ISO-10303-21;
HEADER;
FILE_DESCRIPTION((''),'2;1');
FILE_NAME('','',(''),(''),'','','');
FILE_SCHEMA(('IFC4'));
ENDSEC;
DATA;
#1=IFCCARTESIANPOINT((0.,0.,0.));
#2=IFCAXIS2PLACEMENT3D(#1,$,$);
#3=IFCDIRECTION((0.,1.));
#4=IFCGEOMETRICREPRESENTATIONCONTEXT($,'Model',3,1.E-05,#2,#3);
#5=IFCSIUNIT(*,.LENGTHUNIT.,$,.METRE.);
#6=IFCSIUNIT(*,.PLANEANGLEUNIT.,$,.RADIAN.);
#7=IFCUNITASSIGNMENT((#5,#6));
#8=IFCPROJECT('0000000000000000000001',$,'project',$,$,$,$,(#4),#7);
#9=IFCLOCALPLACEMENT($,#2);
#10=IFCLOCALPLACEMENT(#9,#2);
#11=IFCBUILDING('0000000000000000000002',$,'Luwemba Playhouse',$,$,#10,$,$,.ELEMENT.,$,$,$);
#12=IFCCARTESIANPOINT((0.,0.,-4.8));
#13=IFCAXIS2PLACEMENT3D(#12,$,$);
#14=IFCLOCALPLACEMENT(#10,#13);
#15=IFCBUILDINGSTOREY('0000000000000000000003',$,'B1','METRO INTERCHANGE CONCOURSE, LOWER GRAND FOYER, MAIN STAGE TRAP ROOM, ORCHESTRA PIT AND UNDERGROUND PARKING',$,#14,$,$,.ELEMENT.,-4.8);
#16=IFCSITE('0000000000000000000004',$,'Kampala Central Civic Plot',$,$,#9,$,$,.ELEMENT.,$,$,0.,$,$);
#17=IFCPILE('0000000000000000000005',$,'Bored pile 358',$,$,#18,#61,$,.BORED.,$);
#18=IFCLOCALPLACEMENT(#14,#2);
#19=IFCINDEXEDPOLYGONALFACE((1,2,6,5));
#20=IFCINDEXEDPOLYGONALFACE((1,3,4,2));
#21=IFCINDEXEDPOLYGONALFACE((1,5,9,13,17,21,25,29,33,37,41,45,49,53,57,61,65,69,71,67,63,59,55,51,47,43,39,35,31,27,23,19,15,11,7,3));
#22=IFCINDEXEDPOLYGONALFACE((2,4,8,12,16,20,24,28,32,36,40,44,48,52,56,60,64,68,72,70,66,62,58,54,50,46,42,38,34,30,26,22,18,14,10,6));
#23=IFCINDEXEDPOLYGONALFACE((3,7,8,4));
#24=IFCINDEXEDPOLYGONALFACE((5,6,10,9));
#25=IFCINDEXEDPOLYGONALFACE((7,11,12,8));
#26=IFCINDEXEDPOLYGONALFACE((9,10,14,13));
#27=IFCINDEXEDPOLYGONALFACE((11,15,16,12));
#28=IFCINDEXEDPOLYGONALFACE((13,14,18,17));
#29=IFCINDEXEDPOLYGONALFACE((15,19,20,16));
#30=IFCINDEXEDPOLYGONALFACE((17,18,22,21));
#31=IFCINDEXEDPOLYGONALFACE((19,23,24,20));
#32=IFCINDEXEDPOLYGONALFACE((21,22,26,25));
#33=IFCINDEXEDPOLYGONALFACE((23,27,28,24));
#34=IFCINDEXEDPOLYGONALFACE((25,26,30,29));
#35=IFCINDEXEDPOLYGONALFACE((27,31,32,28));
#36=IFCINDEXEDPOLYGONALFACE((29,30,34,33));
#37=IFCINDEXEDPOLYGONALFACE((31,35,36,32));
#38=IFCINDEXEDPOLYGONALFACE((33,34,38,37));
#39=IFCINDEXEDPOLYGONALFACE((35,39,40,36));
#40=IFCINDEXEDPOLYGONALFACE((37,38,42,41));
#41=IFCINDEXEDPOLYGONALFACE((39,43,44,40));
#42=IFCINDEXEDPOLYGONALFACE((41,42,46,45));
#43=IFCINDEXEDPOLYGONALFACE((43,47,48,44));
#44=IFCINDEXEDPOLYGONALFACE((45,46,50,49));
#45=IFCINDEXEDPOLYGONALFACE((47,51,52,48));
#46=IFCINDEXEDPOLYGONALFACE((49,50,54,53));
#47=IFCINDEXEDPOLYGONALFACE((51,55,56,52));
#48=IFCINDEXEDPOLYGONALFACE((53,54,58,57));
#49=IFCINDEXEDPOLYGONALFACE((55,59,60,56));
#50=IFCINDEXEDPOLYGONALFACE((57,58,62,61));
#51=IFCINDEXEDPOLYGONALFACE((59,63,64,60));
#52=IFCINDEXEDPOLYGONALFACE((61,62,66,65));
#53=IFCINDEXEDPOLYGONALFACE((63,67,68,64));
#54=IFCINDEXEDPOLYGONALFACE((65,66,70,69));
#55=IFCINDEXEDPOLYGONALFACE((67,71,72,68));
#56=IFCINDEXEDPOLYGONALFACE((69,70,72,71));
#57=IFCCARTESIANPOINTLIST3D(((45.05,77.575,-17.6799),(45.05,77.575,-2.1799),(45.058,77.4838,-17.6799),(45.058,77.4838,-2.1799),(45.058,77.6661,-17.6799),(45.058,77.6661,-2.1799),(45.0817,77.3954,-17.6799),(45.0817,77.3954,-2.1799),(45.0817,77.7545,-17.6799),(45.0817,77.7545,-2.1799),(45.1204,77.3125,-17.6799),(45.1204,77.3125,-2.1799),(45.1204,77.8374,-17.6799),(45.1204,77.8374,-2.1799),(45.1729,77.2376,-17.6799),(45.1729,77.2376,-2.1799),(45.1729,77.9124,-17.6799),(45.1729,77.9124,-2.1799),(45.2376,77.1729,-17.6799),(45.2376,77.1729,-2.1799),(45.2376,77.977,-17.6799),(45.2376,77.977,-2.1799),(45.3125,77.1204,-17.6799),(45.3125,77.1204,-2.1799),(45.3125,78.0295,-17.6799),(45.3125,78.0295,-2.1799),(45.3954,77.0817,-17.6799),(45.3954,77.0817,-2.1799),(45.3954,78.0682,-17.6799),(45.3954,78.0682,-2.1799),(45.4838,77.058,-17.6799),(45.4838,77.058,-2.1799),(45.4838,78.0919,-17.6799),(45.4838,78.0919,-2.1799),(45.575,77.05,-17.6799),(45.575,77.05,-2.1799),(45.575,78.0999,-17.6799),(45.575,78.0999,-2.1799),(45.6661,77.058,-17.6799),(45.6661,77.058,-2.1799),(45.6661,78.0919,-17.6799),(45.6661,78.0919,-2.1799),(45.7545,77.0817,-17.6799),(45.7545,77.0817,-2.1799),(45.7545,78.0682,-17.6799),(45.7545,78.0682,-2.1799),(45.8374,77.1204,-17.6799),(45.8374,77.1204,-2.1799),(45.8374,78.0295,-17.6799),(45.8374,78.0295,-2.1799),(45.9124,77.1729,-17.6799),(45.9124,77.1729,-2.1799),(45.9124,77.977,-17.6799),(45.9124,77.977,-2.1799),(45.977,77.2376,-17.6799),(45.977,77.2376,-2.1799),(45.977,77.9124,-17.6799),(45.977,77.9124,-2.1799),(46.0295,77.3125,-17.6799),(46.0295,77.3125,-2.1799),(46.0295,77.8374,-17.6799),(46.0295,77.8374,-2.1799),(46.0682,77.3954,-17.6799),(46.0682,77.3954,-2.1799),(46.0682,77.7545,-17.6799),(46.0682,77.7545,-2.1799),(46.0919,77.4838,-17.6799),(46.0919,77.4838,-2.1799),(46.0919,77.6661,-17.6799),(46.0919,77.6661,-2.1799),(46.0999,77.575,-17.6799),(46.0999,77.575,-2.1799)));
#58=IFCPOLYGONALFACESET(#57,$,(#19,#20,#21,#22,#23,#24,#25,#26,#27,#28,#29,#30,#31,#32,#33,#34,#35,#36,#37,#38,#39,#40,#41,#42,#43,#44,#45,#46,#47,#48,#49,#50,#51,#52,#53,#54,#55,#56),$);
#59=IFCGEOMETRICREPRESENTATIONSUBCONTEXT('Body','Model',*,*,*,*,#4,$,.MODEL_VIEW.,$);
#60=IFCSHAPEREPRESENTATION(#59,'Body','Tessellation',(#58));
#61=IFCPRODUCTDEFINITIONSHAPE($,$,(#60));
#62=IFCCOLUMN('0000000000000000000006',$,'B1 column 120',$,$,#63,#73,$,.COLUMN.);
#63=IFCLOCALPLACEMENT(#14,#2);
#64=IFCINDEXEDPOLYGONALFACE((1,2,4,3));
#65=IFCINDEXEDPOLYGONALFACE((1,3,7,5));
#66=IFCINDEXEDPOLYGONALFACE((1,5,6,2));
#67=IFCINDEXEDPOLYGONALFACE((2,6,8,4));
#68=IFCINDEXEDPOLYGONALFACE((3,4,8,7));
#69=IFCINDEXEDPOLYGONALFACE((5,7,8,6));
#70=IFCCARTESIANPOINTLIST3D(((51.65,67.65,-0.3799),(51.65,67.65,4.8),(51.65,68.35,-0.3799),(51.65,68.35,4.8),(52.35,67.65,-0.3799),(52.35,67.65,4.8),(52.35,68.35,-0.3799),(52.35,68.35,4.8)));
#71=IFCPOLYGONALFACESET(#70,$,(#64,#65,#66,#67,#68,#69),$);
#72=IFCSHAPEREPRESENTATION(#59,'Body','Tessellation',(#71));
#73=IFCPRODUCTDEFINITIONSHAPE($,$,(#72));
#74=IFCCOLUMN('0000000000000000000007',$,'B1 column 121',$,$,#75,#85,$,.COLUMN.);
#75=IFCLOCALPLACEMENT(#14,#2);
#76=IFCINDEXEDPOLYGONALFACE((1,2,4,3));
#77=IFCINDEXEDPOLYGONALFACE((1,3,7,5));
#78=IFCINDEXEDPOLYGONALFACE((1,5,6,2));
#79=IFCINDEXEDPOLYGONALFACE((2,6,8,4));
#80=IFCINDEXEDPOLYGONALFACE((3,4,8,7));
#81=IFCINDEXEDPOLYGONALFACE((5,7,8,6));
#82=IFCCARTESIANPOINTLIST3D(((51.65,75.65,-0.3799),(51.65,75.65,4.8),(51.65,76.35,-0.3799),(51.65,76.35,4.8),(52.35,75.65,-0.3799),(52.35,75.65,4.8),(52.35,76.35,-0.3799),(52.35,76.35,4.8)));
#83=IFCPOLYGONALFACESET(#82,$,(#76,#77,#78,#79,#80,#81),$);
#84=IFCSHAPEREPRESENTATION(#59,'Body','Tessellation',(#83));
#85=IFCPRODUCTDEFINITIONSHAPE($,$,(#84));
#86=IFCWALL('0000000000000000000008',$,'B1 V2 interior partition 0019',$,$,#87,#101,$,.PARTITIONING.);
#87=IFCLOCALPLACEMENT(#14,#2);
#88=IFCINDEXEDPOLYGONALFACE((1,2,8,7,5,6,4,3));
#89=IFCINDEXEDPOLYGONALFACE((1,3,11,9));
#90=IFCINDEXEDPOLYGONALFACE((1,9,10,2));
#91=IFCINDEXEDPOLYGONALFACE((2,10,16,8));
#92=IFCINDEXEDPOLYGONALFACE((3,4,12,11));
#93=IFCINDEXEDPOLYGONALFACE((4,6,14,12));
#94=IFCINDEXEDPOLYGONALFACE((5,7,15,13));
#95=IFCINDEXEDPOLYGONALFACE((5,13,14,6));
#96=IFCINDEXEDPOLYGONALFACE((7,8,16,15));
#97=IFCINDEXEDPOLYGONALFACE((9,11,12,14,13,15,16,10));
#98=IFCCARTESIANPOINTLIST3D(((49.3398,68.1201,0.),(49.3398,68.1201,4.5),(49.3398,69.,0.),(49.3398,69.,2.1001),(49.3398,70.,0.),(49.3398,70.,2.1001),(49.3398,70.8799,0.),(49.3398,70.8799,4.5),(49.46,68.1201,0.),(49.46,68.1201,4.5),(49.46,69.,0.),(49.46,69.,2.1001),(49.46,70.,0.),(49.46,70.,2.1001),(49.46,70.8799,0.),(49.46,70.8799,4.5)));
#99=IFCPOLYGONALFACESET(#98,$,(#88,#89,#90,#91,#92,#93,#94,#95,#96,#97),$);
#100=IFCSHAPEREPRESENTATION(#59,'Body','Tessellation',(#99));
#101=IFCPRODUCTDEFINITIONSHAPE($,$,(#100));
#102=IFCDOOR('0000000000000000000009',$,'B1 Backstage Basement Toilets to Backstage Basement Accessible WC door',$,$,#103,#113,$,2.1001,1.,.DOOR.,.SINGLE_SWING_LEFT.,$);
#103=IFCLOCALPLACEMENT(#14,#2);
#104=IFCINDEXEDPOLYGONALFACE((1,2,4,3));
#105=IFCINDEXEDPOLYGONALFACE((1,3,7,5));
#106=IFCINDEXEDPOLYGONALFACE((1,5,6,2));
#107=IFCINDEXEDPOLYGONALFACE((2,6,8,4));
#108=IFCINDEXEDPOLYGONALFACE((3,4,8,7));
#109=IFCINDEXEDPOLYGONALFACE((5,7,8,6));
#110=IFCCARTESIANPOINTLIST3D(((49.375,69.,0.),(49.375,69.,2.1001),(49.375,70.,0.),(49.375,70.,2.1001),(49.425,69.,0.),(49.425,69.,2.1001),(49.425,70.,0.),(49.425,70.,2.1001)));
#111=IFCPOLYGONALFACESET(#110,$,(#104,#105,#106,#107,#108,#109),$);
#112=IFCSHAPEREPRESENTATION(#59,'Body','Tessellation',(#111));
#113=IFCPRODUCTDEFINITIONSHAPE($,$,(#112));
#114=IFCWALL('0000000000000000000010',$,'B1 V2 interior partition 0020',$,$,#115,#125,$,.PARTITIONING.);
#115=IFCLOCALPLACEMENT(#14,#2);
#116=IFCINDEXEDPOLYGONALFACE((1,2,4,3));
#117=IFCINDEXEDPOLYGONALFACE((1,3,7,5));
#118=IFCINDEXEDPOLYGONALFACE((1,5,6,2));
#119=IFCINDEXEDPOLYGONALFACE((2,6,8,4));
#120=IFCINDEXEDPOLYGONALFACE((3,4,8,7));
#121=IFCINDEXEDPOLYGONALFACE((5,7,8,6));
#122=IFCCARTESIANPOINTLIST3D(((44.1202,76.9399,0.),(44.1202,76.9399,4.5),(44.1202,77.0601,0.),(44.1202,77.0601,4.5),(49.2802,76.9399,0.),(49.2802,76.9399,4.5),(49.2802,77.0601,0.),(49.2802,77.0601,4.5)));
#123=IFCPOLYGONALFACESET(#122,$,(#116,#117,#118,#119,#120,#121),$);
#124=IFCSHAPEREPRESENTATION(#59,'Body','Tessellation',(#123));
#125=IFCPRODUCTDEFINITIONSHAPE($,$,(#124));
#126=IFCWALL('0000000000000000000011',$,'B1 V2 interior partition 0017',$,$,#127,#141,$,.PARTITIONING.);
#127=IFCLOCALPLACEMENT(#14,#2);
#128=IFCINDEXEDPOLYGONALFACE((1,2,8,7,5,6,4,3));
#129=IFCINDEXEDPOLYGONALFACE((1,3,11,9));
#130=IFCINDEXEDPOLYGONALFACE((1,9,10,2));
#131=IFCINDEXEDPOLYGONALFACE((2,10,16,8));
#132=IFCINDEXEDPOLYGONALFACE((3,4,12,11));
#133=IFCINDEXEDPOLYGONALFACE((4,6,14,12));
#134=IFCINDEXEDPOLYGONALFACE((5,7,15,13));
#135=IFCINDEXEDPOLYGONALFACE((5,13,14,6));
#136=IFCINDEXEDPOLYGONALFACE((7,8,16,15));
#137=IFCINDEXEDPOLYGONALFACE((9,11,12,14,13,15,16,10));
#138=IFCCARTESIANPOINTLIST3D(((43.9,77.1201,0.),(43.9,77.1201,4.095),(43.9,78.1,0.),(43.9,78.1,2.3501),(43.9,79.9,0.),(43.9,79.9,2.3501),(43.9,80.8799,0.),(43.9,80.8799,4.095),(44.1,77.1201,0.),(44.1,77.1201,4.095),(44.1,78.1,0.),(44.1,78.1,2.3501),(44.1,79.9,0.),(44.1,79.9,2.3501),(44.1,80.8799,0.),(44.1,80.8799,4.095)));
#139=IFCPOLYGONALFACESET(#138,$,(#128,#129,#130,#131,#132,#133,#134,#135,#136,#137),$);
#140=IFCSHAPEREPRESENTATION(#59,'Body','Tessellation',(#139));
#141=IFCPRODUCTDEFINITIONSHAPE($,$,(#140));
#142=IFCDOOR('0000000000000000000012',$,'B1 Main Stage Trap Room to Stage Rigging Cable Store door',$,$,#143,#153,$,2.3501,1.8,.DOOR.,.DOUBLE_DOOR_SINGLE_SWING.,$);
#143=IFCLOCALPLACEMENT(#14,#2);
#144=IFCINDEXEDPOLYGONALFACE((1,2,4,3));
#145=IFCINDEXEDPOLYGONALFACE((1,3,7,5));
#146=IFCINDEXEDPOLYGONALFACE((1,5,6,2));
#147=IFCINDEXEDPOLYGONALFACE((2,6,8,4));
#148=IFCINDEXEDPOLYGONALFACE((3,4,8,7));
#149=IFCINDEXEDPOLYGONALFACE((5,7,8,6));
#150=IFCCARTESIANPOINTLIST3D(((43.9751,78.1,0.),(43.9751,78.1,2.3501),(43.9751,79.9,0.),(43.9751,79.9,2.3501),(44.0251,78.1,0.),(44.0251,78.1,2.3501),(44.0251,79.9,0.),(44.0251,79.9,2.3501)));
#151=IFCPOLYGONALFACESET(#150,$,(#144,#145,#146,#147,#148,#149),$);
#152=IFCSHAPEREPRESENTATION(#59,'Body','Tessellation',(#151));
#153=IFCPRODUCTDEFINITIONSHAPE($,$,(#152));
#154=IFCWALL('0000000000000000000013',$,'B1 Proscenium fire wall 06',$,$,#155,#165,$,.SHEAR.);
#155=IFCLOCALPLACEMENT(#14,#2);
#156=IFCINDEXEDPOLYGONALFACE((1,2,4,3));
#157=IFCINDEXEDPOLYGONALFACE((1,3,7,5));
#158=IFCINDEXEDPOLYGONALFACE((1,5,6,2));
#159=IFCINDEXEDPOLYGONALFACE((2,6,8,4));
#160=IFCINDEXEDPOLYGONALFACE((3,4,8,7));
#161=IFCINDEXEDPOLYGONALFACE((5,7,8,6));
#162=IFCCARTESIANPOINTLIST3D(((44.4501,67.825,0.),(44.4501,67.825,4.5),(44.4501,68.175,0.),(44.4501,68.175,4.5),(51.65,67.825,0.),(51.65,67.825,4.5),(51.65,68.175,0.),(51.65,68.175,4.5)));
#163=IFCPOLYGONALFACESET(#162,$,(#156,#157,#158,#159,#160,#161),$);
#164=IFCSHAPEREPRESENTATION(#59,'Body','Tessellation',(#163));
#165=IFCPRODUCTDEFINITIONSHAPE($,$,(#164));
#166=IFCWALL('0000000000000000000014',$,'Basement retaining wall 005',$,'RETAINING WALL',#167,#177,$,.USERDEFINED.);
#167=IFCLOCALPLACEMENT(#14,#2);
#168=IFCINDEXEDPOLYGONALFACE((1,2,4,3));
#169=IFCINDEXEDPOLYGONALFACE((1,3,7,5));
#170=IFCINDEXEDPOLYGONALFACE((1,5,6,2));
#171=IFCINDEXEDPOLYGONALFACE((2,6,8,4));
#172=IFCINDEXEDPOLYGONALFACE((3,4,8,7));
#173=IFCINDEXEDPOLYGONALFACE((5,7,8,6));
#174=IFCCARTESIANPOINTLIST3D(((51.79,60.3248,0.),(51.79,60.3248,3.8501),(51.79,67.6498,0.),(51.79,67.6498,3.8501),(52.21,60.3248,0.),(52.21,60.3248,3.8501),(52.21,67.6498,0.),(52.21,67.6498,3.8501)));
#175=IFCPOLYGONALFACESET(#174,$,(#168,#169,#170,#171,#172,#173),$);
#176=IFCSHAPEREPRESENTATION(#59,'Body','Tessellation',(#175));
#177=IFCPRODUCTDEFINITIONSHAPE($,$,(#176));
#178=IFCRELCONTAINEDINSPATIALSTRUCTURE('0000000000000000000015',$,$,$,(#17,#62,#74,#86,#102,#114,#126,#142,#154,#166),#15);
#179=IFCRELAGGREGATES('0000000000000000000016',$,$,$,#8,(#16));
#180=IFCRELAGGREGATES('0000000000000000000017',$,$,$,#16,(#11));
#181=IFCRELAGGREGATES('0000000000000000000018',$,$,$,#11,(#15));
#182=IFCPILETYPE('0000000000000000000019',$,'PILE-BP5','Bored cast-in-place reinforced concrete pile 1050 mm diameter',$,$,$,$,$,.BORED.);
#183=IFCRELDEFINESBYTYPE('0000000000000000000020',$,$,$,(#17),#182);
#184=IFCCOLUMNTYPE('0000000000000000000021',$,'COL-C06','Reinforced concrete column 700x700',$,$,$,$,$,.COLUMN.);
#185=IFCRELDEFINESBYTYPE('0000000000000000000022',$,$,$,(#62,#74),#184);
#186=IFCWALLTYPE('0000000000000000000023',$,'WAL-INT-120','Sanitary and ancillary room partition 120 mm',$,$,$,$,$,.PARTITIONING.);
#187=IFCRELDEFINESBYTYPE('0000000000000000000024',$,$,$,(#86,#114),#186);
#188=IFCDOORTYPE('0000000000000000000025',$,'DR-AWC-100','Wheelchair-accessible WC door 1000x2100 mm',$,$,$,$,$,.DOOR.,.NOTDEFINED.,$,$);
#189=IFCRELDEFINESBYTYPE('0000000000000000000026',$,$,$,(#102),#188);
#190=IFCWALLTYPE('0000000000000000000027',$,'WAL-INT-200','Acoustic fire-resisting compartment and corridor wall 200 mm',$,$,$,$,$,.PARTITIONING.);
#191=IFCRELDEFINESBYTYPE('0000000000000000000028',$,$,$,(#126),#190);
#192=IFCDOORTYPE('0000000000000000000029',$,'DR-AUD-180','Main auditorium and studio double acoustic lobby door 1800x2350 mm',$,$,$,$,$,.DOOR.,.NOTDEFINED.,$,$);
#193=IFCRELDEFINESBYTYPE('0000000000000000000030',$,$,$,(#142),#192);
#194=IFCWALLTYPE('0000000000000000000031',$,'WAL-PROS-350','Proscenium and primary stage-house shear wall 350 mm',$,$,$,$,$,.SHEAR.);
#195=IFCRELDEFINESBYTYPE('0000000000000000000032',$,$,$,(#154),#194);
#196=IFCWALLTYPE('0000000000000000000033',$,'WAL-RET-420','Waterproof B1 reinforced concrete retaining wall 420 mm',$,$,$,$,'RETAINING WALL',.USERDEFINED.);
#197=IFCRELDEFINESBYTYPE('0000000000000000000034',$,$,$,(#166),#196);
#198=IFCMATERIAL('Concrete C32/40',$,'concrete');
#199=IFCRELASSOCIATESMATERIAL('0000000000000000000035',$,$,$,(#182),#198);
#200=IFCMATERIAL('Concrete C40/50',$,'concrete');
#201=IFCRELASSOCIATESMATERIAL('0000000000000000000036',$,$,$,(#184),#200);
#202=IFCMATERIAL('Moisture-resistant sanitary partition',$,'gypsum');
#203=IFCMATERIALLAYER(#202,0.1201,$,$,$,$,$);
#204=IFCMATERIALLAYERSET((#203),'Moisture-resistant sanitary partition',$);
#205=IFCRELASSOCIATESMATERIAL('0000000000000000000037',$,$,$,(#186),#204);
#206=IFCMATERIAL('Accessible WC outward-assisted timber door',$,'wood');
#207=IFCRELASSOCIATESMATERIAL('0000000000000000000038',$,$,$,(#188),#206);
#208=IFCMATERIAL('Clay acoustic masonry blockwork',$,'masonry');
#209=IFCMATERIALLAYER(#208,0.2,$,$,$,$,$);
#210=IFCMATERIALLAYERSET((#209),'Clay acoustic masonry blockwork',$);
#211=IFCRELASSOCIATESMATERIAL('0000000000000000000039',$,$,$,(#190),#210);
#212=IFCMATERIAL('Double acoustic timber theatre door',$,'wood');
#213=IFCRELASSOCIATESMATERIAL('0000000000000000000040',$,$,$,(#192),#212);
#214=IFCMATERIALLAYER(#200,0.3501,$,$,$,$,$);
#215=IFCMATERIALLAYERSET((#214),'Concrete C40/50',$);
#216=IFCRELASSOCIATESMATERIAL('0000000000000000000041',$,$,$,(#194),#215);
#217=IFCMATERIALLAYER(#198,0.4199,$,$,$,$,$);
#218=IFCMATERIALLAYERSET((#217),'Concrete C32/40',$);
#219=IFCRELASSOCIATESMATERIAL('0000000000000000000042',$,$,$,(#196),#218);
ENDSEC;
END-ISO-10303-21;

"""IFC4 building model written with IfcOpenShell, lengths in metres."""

from ifc_helpers import new_model, si_unit, direction, frame, frame_2d, origin, origin_2d, place, context, subcontext, project, spatial, rectangle, circle, extrude, material, layer, layer_set, material_profile, profile_set, type_object, element, fill, save


model = new_model("IFC4")

# Units and contexts
model_context = context("Model", 3, precision=1e-05, world=origin(), true_north=direction((0.0, 1.0)))
body_context = subcontext(model_context, "Body", "Model", "MODEL_VIEW")
ifc_project = project(units=[si_unit("LENGTHUNIT", "METRE"), si_unit("PLANEANGLEUNIT", "RADIAN")], contexts=[model_context])

# Site, building, storey
site_placement = place(None, origin())
site = spatial("IfcSite", under=ifc_project, at=site_placement, Name="Kampala Central Civic Plot", CompositionType="ELEMENT", RefElevation=0.0)
building_placement = place(site_placement, origin())
building = spatial("IfcBuilding", under=site, at=building_placement, Name="Luwemba Playhouse", CompositionType="ELEMENT")
storey_placement = place(building_placement, frame((0.0, 0.0, -4.8)))
storey = spatial("IfcBuildingStorey", under=building, at=storey_placement, Name="B1", Description="METRO INTERCHANGE CONCOURSE, LOWER GRAND FOYER, MAIN STAGE TRAP ROOM, ORCHESTRA PIT AND UNDERGROUND PARKING", CompositionType="ELEMENT", Elevation=-4.8)

# Shared definitions
ifc_material_1 = material(Name="Concrete C32/40", Category="concrete")

# Pile
ifc_material_profile_1 = material_profile(ifc_material_1, circle(Radius=0.5249, at=origin_2d()))
ifc_profile_set_1 = profile_set([ifc_material_profile_1], Name="Concrete C32/40")
pile_type_1 = type_object("IfcPileType", Name="PILE-BP5", Description="Bored cast-in-place reinforced concrete pile 1050 mm diameter", PredefinedType="BORED", material=ifc_profile_set_1)
for number, where, z_axis, x_axis, name in (
    (1, (45.575, 77.575, -2.1799), (0.0, 0.0, -1.0), (1.0, 0.0, 0.0), "Bored pile 358"),
):
    element("IfcPile", number, at=place(storey_placement, frame(where, z_axis=z_axis, x_axis=x_axis)), inside=storey, type_object=pile_type_1, Name=name, PredefinedType="BORED", context=body_context, shape_type="SweptSolid", body=[
        extrude(circle(Radius=0.5249, at=origin_2d()), origin(), (0.0, 0.0, 1.0), 15.5),
    ])

# Columns
ifc_material_2 = material(Name="Concrete C40/50", Category="concrete")
ifc_material_profile_2 = material_profile(ifc_material_2, rectangle(XDim=0.7, YDim=0.7, at=origin_2d()))
ifc_profile_set_2 = profile_set([ifc_material_profile_2], Name="Concrete C40/50")
column_type = type_object("IfcColumnType", Name="COL-C06", Description="Reinforced concrete column 700x700", PredefinedType="COLUMN", material=ifc_profile_set_2)
for number, where, z_axis, x_axis, name in (
    (2, (52.0, 68.0, -0.3799), (0.0, 0.0, 1.0), (1.0, 0.0, 0.0), "B1 column 120"),
    (3, (52.0, 76.0, -0.3799), (0.0, 0.0, 1.0), (1.0, 0.0, 0.0), "B1 column 121"),
):
    element("IfcColumn", number, at=place(storey_placement, frame(where, z_axis=z_axis, x_axis=x_axis)), inside=storey, type_object=column_type, Name=name, PredefinedType="COLUMN", context=body_context, shape_type="SweptSolid", body=[
        extrude(rectangle(XDim=0.7, YDim=0.7, at=origin_2d()), origin(), (0.0, 0.0, 1.0), 5.1799),
    ])

# Wall, opening, door
ifc_material_3 = material(Name="Moisture-resistant sanitary partition", Category="gypsum")
ifc_layer_1 = layer(ifc_material_3, 0.1201)
ifc_layer_set_1 = layer_set([ifc_layer_1], Name="Moisture-resistant sanitary partition")
wall_type_1 = type_object("IfcWallType", Name="WAL-INT-120", Description="Sanitary and ancillary room partition 120 mm", PredefinedType="PARTITIONING", material=ifc_layer_set_1)
wall_1_placement = place(storey_placement, frame((49.3999, 68.1201, 0.0), z_axis=(0.0, 0.0, 1.0), x_axis=(0.0, 1.0, 0.0)))
wall_1 = element("IfcWall", 4, at=wall_1_placement, inside=storey, type_object=wall_type_1, Name="B1 V2 interior partition 0019", PredefinedType="PARTITIONING", context=body_context, shape_type="SweptSolid", body=[
    extrude(rectangle(XDim=2.7598, YDim=0.1201, at=frame_2d((1.3799, 0.0))), origin(), (0.0, 0.0, 1.0), 4.5),
])
opening_1_placement = place(wall_1_placement, frame((0.8799, 0.0, 0.0)))
opening_1 = element("IfcOpeningElement", 5, at=opening_1_placement, cuts=wall_1, PredefinedType="OPENING", context=body_context, shape_type="SweptSolid", body=[
    extrude(rectangle(XDim=1.0, YDim=2.1001, at=frame_2d((0.5, 1.05))), frame((0.0, 0.0701, 0.0), z_axis=(0.0, -1.0, 0.0), x_axis=(1.0, 0.0, 0.0)), (0.0, 0.0, 1.0), 0.1401),
])
ifc_material_4 = material(Name="Accessible WC outward-assisted timber door", Category="wood")
door_type_1 = type_object("IfcDoorType", Name="DR-AWC-100", Description="Wheelchair-accessible WC door 1000x2100 mm", OperationType="NOTDEFINED", PredefinedType="DOOR", material=ifc_material_4)
door_1_placement = place(opening_1_placement, origin())
door_1 = element("IfcDoor", 6, at=door_1_placement, inside=storey, type_object=door_type_1, Name="B1 Backstage Basement Toilets to Backstage Basement Accessible WC door", OperationType="SINGLE_SWING_LEFT", OverallHeight=2.1001, OverallWidth=1.0, PredefinedType="DOOR", context=body_context, shape_type="SweptSolid", body=[
    extrude(rectangle(XDim=1.0, YDim=2.1001, at=frame_2d((0.5, 1.05))), frame((0.0, 0.0249, 0.0), z_axis=(0.0, -1.0, 0.0), x_axis=(1.0, 0.0, 0.0)), (0.0, 0.0, 1.0), 0.05),
])
fill(opening_1, door_1)

# Wall
wall_2_placement = place(storey_placement, frame((44.1201, 77.0, 0.0), z_axis=(0.0, 0.0, 1.0), x_axis=(1.0, 0.0, 0.0)))
element("IfcWall", 7, at=wall_2_placement, inside=storey, type_object=wall_type_1, Name="B1 V2 interior partition 0020", PredefinedType="PARTITIONING", context=body_context, shape_type="SweptSolid", body=[
    extrude(rectangle(XDim=5.1599, YDim=0.1201, at=frame_2d((2.5801, 0.0))), origin(), (0.0, 0.0, 1.0), 4.5),
])

# Wall, opening, door
ifc_material_5 = material(Name="Clay acoustic masonry blockwork", Category="masonry")
ifc_layer_2 = layer(ifc_material_5, 0.2)
ifc_layer_set_2 = layer_set([ifc_layer_2], Name="Clay acoustic masonry blockwork")
wall_type_2 = type_object("IfcWallType", Name="WAL-INT-200", Description="Acoustic fire-resisting compartment and corridor wall 200 mm", PredefinedType="PARTITIONING", material=ifc_layer_set_2)
wall_3_placement = place(storey_placement, frame((44.0, 77.1201, 0.0), z_axis=(0.0, 0.0, 1.0), x_axis=(0.0, 1.0, 0.0)))
wall_3 = element("IfcWall", 8, at=wall_3_placement, inside=storey, type_object=wall_type_2, Name="B1 V2 interior partition 0017", PredefinedType="PARTITIONING", context=body_context, shape_type="SweptSolid", body=[
    extrude(rectangle(XDim=3.7598, YDim=0.2, at=frame_2d((1.8799, 0.0))), origin(), (0.0, 0.0, 1.0), 4.095),
])
opening_2_placement = place(wall_3_placement, frame((0.98, 0.0, 0.0)))
opening_2 = element("IfcOpeningElement", 9, at=opening_2_placement, cuts=wall_3, PredefinedType="OPENING", context=body_context, shape_type="SweptSolid", body=[
    extrude(rectangle(XDim=1.8, YDim=2.3501, at=frame_2d((0.8999, 1.175))), frame((0.0, 0.1099, 0.0), z_axis=(0.0, -1.0, 0.0), x_axis=(1.0, 0.0, 0.0)), (0.0, 0.0, 1.0), 0.22),
])
ifc_material_6 = material(Name="Double acoustic timber theatre door", Category="wood")
door_type_2 = type_object("IfcDoorType", Name="DR-AUD-180", Description="Main auditorium and studio double acoustic lobby door 1800x2350 mm", OperationType="NOTDEFINED", PredefinedType="DOOR", material=ifc_material_6)
door_2_placement = place(opening_2_placement, origin())
door_2 = element("IfcDoor", 10, at=door_2_placement, inside=storey, type_object=door_type_2, Name="B1 Main Stage Trap Room to Stage Rigging Cable Store door", OperationType="DOUBLE_DOOR_SINGLE_SWING", OverallHeight=2.3501, OverallWidth=1.8, PredefinedType="DOOR", context=body_context, shape_type="SweptSolid", body=[
    extrude(rectangle(XDim=1.8, YDim=2.3501, at=frame_2d((0.8999, 1.175))), frame((0.0, 0.0249, 0.0), z_axis=(0.0, -1.0, 0.0), x_axis=(1.0, 0.0, 0.0)), (0.0, 0.0, 1.0), 0.05),
])
fill(opening_2, door_2)

# Walls
ifc_layer_3 = layer(ifc_material_2, 0.3501)
ifc_layer_set_3 = layer_set([ifc_layer_3], Name="Concrete C40/50")
wall_type_3 = type_object("IfcWallType", Name="WAL-PROS-350", Description="Proscenium and primary stage-house shear wall 350 mm", PredefinedType="SHEAR", material=ifc_layer_set_3)
wall_4_placement = place(storey_placement, frame((44.45, 68.0, 0.0), z_axis=(0.0, 0.0, 1.0), x_axis=(1.0, 0.0, 0.0)))
element("IfcWall", 11, at=wall_4_placement, inside=storey, type_object=wall_type_3, Name="B1 Proscenium fire wall 06", PredefinedType="SHEAR", context=body_context, shape_type="SweptSolid", body=[
    extrude(rectangle(XDim=7.2, YDim=0.3501, at=frame_2d((3.6001, 0.0))), origin(), (0.0, 0.0, 1.0), 4.5),
])
ifc_layer_4 = layer(ifc_material_1, 0.4199)
ifc_layer_set_4 = layer_set([ifc_layer_4], Name="Concrete C32/40")
wall_type_4 = type_object("IfcWallType", Name="WAL-RET-420", Description="Waterproof B1 reinforced concrete retaining wall 420 mm", ElementType="RETAINING WALL", PredefinedType="USERDEFINED", material=ifc_layer_set_4)
wall_5_placement = place(storey_placement, frame((52.0, 67.6499, 0.0), z_axis=(0.0, 0.0, 1.0), x_axis=(0.0, -1.0, 0.0)))
element("IfcWall", 12, at=wall_5_placement, inside=storey, type_object=wall_type_4, Name="Basement retaining wall 005", ObjectType="RETAINING WALL", PredefinedType="USERDEFINED", context=body_context, shape_type="SweptSolid", body=[
    extrude(rectangle(XDim=7.325, YDim=0.4199, at=frame_2d((3.6626, 0.0))), origin(), (0.0, 0.0, 1.0), 3.8501),
])

save(model, "model.ifc")
